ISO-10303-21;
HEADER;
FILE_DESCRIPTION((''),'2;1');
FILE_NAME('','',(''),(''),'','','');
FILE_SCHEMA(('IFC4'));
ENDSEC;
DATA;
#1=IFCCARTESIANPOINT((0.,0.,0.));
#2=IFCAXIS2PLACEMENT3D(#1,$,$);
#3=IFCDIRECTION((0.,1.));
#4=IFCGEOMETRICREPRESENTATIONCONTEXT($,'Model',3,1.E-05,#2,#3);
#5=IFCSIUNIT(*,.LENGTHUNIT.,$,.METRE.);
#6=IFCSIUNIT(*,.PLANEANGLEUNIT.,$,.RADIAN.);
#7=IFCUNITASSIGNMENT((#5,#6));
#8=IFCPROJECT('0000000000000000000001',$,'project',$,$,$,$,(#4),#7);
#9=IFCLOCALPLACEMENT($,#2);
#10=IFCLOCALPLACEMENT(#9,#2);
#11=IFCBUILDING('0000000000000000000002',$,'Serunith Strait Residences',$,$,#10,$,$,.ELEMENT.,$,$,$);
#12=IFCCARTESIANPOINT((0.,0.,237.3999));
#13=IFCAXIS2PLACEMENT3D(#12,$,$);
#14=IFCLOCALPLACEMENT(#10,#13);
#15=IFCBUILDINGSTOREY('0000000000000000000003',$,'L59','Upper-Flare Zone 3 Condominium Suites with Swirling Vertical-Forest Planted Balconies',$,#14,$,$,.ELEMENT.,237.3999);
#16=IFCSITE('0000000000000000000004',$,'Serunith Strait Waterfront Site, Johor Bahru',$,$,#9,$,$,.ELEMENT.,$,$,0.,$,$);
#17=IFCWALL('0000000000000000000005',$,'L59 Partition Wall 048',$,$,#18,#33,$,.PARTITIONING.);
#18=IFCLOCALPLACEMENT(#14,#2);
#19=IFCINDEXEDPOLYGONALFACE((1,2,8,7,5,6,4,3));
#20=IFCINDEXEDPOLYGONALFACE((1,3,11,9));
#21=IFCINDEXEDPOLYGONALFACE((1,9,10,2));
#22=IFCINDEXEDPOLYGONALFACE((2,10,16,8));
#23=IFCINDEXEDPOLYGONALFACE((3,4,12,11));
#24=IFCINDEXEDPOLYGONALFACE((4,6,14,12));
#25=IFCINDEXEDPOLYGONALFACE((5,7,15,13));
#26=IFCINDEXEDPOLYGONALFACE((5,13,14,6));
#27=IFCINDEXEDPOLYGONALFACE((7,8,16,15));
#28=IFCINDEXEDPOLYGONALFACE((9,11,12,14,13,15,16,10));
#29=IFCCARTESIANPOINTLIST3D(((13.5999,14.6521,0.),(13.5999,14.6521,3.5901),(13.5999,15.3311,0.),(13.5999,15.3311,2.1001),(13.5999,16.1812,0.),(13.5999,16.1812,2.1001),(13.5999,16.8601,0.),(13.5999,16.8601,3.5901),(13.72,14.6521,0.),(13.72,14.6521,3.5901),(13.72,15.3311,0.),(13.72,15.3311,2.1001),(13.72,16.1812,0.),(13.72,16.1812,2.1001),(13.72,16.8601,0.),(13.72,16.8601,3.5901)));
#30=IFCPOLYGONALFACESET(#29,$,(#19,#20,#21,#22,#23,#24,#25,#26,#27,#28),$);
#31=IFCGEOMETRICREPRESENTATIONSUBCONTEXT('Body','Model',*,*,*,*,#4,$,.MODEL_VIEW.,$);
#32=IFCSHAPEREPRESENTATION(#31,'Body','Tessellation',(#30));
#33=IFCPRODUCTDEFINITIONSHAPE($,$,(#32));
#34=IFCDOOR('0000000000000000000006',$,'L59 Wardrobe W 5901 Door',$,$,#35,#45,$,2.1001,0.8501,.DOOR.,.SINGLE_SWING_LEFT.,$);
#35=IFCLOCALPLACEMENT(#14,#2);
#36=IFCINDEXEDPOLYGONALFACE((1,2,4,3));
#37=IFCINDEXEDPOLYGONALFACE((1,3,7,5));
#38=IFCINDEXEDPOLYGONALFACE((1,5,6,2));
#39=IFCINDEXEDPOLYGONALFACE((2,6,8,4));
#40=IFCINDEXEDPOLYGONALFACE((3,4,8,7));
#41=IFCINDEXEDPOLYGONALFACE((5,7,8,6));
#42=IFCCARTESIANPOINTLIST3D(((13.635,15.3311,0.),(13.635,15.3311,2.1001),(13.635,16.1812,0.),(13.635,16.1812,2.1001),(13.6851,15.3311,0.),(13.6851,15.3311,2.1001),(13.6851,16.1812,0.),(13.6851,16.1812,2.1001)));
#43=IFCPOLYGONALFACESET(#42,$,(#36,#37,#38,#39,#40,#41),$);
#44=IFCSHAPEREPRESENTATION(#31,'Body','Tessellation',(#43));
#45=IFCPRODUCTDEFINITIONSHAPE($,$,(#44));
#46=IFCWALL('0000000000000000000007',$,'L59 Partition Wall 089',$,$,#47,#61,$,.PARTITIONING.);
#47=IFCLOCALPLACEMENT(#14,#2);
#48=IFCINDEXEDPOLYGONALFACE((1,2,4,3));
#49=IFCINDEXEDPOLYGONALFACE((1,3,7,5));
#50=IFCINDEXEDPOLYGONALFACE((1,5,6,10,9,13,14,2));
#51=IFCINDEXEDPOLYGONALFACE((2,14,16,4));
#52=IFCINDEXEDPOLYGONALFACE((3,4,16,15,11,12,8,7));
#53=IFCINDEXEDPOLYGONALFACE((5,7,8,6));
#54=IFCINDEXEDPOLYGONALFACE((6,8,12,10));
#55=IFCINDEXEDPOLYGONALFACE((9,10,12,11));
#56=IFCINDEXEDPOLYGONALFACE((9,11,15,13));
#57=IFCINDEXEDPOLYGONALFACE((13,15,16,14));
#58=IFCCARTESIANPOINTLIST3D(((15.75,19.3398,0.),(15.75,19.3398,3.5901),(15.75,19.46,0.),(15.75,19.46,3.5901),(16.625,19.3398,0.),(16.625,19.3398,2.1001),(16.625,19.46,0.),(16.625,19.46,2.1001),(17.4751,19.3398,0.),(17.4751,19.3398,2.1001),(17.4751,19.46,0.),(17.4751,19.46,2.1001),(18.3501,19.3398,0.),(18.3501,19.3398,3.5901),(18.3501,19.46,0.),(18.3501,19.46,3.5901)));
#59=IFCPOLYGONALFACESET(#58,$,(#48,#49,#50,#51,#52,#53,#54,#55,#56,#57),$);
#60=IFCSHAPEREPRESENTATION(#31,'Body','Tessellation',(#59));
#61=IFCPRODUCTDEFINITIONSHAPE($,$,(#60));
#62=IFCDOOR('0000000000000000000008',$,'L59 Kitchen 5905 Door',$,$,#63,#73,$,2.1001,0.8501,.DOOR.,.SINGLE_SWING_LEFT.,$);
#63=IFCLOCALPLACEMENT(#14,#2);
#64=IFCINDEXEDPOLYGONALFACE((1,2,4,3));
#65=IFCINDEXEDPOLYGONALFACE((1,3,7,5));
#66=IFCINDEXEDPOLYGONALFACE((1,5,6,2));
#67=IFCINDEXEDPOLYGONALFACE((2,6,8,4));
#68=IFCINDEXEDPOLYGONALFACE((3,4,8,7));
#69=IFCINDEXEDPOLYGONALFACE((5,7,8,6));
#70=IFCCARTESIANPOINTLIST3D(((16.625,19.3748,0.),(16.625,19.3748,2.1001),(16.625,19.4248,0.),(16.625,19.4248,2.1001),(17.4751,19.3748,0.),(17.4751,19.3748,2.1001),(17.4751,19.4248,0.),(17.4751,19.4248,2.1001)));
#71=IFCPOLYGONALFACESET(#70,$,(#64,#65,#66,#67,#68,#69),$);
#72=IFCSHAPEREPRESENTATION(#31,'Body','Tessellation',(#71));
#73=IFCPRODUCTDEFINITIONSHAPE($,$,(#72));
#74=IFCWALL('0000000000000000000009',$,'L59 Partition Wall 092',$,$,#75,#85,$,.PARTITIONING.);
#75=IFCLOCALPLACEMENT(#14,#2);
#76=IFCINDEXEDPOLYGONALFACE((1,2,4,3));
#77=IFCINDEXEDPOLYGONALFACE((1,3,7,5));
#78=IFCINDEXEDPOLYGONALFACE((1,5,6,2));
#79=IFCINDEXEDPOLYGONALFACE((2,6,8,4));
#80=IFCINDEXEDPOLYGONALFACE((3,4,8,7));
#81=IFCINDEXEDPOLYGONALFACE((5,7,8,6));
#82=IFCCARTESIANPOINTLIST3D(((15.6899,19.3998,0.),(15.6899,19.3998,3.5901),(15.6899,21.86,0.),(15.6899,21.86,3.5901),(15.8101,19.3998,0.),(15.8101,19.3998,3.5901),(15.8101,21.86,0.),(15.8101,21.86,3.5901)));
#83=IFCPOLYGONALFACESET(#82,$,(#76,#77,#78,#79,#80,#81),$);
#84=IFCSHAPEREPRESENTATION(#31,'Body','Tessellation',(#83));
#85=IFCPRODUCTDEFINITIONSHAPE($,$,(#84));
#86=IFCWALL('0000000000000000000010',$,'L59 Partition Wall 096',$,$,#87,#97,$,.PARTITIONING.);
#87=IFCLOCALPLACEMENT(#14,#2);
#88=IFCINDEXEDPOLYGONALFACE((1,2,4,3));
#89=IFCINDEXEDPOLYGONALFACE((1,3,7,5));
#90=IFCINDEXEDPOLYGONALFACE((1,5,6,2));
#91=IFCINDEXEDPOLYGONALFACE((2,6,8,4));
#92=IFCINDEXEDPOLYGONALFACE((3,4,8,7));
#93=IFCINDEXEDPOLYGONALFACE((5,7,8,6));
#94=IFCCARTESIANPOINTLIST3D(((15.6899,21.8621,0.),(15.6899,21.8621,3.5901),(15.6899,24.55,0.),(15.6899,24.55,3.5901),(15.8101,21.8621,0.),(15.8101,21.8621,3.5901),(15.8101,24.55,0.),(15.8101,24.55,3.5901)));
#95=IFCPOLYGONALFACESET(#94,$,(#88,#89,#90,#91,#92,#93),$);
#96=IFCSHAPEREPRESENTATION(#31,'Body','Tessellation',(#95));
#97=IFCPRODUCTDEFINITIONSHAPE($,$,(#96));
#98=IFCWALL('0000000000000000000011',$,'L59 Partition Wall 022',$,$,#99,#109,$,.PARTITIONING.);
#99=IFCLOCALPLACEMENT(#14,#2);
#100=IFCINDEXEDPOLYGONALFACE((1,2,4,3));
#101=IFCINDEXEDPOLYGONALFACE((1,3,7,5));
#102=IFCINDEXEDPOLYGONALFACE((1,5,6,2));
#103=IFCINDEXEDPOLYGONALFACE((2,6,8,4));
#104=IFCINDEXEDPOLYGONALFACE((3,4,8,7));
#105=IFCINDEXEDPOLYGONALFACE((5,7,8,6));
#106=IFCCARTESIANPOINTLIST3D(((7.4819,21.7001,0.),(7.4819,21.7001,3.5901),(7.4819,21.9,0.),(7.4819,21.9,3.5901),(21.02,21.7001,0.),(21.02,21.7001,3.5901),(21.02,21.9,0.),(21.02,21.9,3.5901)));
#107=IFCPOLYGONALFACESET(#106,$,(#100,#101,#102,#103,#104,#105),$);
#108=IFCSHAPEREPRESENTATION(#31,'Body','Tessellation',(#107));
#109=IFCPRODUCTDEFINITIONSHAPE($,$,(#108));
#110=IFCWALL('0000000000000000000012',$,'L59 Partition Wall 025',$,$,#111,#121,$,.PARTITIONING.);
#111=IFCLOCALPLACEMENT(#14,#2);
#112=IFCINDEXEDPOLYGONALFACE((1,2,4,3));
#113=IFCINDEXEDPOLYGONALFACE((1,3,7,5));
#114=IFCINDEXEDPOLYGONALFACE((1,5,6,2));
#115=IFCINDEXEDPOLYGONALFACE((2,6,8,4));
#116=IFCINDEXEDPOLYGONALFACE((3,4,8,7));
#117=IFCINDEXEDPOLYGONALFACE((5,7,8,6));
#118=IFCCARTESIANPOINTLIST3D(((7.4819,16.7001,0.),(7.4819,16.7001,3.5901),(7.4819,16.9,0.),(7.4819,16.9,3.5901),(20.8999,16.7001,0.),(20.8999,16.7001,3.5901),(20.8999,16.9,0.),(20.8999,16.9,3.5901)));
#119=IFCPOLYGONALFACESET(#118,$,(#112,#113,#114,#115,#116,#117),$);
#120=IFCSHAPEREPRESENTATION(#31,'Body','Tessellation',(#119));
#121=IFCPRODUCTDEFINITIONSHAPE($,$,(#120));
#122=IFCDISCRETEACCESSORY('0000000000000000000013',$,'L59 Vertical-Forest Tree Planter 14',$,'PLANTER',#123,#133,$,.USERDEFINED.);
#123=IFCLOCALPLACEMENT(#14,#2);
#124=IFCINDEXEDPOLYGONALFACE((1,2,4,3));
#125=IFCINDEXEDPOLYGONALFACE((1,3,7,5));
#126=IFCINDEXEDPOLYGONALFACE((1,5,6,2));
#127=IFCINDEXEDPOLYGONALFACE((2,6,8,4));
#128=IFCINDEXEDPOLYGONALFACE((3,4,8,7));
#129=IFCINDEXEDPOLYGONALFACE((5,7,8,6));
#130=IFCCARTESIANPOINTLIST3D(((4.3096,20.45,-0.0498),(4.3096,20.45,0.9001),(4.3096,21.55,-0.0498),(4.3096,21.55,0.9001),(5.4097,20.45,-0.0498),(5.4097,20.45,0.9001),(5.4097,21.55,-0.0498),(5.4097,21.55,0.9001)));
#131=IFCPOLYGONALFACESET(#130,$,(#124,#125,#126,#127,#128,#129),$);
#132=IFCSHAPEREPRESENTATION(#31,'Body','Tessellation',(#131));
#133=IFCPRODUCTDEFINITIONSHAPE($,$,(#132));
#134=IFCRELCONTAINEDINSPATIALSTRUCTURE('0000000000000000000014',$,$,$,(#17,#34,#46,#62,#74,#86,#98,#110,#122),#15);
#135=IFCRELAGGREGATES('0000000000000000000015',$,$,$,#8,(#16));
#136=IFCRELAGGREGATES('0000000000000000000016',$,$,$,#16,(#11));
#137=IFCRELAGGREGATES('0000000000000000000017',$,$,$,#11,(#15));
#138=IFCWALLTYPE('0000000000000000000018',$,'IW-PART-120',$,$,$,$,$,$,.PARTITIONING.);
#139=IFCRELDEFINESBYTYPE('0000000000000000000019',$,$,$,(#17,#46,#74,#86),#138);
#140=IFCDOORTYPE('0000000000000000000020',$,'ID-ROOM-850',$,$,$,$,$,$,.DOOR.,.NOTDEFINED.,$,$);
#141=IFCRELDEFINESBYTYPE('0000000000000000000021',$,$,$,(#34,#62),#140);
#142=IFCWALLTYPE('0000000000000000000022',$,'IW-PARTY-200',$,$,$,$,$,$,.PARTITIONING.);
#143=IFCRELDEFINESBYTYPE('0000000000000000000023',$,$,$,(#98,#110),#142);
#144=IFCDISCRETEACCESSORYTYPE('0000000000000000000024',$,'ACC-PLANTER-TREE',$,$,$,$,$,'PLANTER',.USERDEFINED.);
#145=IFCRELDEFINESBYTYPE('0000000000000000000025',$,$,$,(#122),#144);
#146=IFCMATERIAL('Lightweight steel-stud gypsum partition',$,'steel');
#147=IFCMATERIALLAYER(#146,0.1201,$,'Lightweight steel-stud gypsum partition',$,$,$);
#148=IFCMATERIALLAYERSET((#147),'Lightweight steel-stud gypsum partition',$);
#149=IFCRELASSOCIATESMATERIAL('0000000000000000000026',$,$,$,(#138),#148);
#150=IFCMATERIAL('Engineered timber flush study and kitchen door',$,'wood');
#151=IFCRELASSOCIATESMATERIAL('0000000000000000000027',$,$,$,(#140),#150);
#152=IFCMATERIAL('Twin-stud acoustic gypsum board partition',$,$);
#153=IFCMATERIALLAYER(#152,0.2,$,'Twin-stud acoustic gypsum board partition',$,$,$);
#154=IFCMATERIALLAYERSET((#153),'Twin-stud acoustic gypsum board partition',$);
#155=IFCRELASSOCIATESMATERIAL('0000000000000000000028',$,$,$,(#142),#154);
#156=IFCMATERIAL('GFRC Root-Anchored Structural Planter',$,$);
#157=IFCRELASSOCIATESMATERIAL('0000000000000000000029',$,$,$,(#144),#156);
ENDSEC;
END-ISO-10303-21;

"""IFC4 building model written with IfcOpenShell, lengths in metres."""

from ifc_helpers import new_model, si_unit, direction, frame, frame_2d, origin, origin_2d, place, context, subcontext, project, spatial, rectangle, extrude, source, transform, mapped, material, layer, layer_set, type_object, element, fill, save


model = new_model("IFC4")

# Units and contexts
model_context = context("Model", 3, precision=1e-05, world=origin(), true_north=direction((0.0, 1.0)))
body_context = subcontext(model_context, "Body", "Model", "MODEL_VIEW")
ifc_project = project(units=[si_unit("LENGTHUNIT", "METRE"), si_unit("PLANEANGLEUNIT", "RADIAN")], contexts=[model_context])

# Site, building, storey
site_placement = place(None, origin())
site = spatial("IfcSite", under=ifc_project, at=site_placement, Name="Serunith Strait Waterfront Site, Johor Bahru", CompositionType="ELEMENT", RefElevation=0.0)
building_placement = place(site_placement, origin())
building = spatial("IfcBuilding", under=site, at=building_placement, Name="Serunith Strait Residences", CompositionType="ELEMENT")
storey_placement = place(building_placement, frame((0.0, 0.0, 237.3999)))
storey = spatial("IfcBuildingStorey", under=building, at=storey_placement, Name="L59", Description="Upper-Flare Zone 3 Condominium Suites with Swirling Vertical-Forest Planted Balconies", CompositionType="ELEMENT", Elevation=237.3999)

# Shared definitions
ifc_material_1 = material(Name="Lightweight steel-stud gypsum partition", Category="steel")
ifc_layer_1 = layer(ifc_material_1, 0.1201, Name="Lightweight steel-stud gypsum partition")
ifc_layer_set_1 = layer_set([ifc_layer_1], Name="Lightweight steel-stud gypsum partition")
wall_type_1 = type_object("IfcWallType", Name="IW-PART-120", PredefinedType="PARTITIONING", material=ifc_layer_set_1)

# Walls, openings, doors
shared_shape_1 = source(origin(), body_context, "Body", "SweptSolid", [
    extrude(rectangle(XDim=0.8501, YDim=2.1001, at=frame_2d((0.425, 1.05))), frame((0.0, 0.0249, 0.0), z_axis=(0.0, -1.0, 0.0), x_axis=(1.0, 0.0, 0.0)), (0.0, 0.0, 1.0), 0.05),
])
wall_1_placement = place(storey_placement, frame((13.6599, 14.6521, 0.0), z_axis=(0.0, 0.0, 1.0), x_axis=(0.0, 1.0, 0.0)))
wall_1 = element("IfcWall", 1, at=wall_1_placement, inside=storey, type_object=wall_type_1, Name="L59 Partition Wall 048", PredefinedType="PARTITIONING", context=body_context, shape_type="SweptSolid", body=[
    extrude(rectangle(XDim=2.208, YDim=0.1201, at=frame_2d((1.104, 0.0))), origin(), (0.0, 0.0, 1.0), 3.5901),
])
opening_1_placement = place(wall_1_placement, frame((0.679, 0.0, 0.0)))
opening_1 = element("IfcOpeningElement", 2, at=opening_1_placement, cuts=wall_1, PredefinedType="OPENING", context=body_context, shape_type="SweptSolid", body=[
    extrude(rectangle(XDim=0.8501, YDim=2.1001, at=frame_2d((0.425, 1.05))), frame((0.0, 0.0701, 0.0), z_axis=(0.0, -1.0, 0.0), x_axis=(1.0, 0.0, 0.0)), (0.0, 0.0, 1.0), 0.1401),
])
ifc_material_2 = material(Name="Engineered timber flush study and kitchen door", Category="wood")
door_type_1 = type_object("IfcDoorType", Name="ID-ROOM-850", OperationType="NOTDEFINED", PredefinedType="DOOR", material=ifc_material_2)
door_1_placement = place(opening_1_placement, origin())
door_1 = element("IfcDoor", 3, at=door_1_placement, inside=storey, type_object=door_type_1, Name="L59 Wardrobe W 5901 Door", OperationType="SINGLE_SWING_LEFT", OverallHeight=2.1001, OverallWidth=0.8501, PredefinedType="DOOR", context=body_context, shape_type="MappedRepresentation", body=[
    mapped(shared_shape_1, transform((0.0, 0.0, 0.0), scale=1.0)),
])
fill(opening_1, door_1)
wall_2_placement = place(storey_placement, frame((15.75, 19.3999, 0.0), z_axis=(0.0, 0.0, 1.0), x_axis=(1.0, 0.0, 0.0)))
wall_2 = element("IfcWall", 4, at=wall_2_placement, inside=storey, type_object=wall_type_1, Name="L59 Partition Wall 089", PredefinedType="PARTITIONING", context=body_context, shape_type="SweptSolid", body=[
    extrude(rectangle(XDim=2.6001, YDim=0.1201, at=frame_2d((1.3, 0.0))), origin(), (0.0, 0.0, 1.0), 3.5901),
])
opening_2_placement = place(wall_2_placement, frame((0.875, 0.0, 0.0)))
opening_2 = element("IfcOpeningElement", 5, at=opening_2_placement, cuts=wall_2, PredefinedType="OPENING", context=body_context, shape_type="SweptSolid", body=[
    extrude(rectangle(XDim=0.8501, YDim=2.1001, at=frame_2d((0.425, 1.05))), frame((0.0, 0.0701, 0.0), z_axis=(0.0, -1.0, 0.0), x_axis=(1.0, 0.0, 0.0)), (0.0, 0.0, 1.0), 0.1401),
])
door_2_placement = place(opening_2_placement, origin())
door_2 = element("IfcDoor", 6, at=door_2_placement, inside=storey, type_object=door_type_1, Name="L59 Kitchen 5905 Door", OperationType="SINGLE_SWING_LEFT", OverallHeight=2.1001, OverallWidth=0.8501, PredefinedType="DOOR", context=body_context, shape_type="MappedRepresentation", body=[
    mapped(shared_shape_1, transform((0.0, 0.0, 0.0), scale=1.0)),
])
fill(opening_2, door_2)

# Walls
wall_3_placement = place(storey_placement, frame((15.75, 19.3999, 0.0), z_axis=(0.0, 0.0, 1.0), x_axis=(0.0, 1.0, 0.0)))
element("IfcWall", 7, at=wall_3_placement, inside=storey, type_object=wall_type_1, Name="L59 Partition Wall 092", PredefinedType="PARTITIONING", context=body_context, shape_type="SweptSolid", body=[
    extrude(rectangle(XDim=2.4602, YDim=0.1201, at=frame_2d((1.23, 0.0))), origin(), (0.0, 0.0, 1.0), 3.5901),
])
wall_4_placement = place(storey_placement, frame((15.75, 21.8621, 0.0), z_axis=(0.0, 0.0, 1.0), x_axis=(0.0, 1.0, 0.0)))
element("IfcWall", 8, at=wall_4_placement, inside=storey, type_object=wall_type_1, Name="L59 Partition Wall 096", PredefinedType="PARTITIONING", context=body_context, shape_type="SweptSolid", body=[
    extrude(rectangle(XDim=2.688, YDim=0.1201, at=frame_2d((1.344, 0.0))), origin(), (0.0, 0.0, 1.0), 3.5901),
])
ifc_material_3 = material(Name="Twin-stud acoustic gypsum board partition")
ifc_layer_2 = layer(ifc_material_3, 0.2, Name="Twin-stud acoustic gypsum board partition")
ifc_layer_set_2 = layer_set([ifc_layer_2], Name="Twin-stud acoustic gypsum board partition")
wall_type_2 = type_object("IfcWallType", Name="IW-PARTY-200", PredefinedType="PARTITIONING", material=ifc_layer_set_2)
wall_5_placement = place(storey_placement, frame((7.4819, 21.8, 0.0), z_axis=(0.0, 0.0, 1.0), x_axis=(1.0, 0.0, 0.0)))
element("IfcWall", 9, at=wall_5_placement, inside=storey, type_object=wall_type_2, Name="L59 Partition Wall 022", PredefinedType="PARTITIONING", context=body_context, shape_type="SweptSolid", body=[
    extrude(rectangle(XDim=13.5381, YDim=0.2, at=frame_2d((6.769, 0.0))), origin(), (0.0, 0.0, 1.0), 3.5901),
])
wall_6_placement = place(storey_placement, frame((7.4819, 16.8, 0.0), z_axis=(0.0, 0.0, 1.0), x_axis=(1.0, 0.0, 0.0)))
element("IfcWall", 10, at=wall_6_placement, inside=storey, type_object=wall_type_2, Name="L59 Partition Wall 025", PredefinedType="PARTITIONING", context=body_context, shape_type="SweptSolid", body=[
    extrude(rectangle(XDim=13.418, YDim=0.2, at=frame_2d((6.709, 0.0))), origin(), (0.0, 0.0, 1.0), 3.5901),
])

# Discrete accessory
ifc_material_4 = material(Name="GFRC Root-Anchored Structural Planter")
discrete_accessory_type = type_object("IfcDiscreteAccessoryType", Name="ACC-PLANTER-TREE", ElementType="PLANTER", PredefinedType="USERDEFINED", material=ifc_material_4)
shared_shape_2 = source(origin(), body_context, "Body", "SweptSolid", [
    extrude(rectangle(XDim=1.1001, YDim=1.1001, at=origin_2d()), origin(), (0.0, 0.0, 1.0), 0.95),
])
discrete_accessory_placement = place(storey_placement, frame((4.8596, 21.0, -0.0498), z_axis=(0.0, 0.0, 1.0), x_axis=(0.0, -1.0, 0.0)))
element("IfcDiscreteAccessory", 11, at=discrete_accessory_placement, inside=storey, type_object=discrete_accessory_type, Name="L59 Vertical-Forest Tree Planter 14", ObjectType="PLANTER", PredefinedType="USERDEFINED", context=body_context, shape_type="MappedRepresentation", body=[
    mapped(shared_shape_2, transform((0.0, 0.0, 0.0), scale=1.0)),
])

save(model, "model.ifc")
